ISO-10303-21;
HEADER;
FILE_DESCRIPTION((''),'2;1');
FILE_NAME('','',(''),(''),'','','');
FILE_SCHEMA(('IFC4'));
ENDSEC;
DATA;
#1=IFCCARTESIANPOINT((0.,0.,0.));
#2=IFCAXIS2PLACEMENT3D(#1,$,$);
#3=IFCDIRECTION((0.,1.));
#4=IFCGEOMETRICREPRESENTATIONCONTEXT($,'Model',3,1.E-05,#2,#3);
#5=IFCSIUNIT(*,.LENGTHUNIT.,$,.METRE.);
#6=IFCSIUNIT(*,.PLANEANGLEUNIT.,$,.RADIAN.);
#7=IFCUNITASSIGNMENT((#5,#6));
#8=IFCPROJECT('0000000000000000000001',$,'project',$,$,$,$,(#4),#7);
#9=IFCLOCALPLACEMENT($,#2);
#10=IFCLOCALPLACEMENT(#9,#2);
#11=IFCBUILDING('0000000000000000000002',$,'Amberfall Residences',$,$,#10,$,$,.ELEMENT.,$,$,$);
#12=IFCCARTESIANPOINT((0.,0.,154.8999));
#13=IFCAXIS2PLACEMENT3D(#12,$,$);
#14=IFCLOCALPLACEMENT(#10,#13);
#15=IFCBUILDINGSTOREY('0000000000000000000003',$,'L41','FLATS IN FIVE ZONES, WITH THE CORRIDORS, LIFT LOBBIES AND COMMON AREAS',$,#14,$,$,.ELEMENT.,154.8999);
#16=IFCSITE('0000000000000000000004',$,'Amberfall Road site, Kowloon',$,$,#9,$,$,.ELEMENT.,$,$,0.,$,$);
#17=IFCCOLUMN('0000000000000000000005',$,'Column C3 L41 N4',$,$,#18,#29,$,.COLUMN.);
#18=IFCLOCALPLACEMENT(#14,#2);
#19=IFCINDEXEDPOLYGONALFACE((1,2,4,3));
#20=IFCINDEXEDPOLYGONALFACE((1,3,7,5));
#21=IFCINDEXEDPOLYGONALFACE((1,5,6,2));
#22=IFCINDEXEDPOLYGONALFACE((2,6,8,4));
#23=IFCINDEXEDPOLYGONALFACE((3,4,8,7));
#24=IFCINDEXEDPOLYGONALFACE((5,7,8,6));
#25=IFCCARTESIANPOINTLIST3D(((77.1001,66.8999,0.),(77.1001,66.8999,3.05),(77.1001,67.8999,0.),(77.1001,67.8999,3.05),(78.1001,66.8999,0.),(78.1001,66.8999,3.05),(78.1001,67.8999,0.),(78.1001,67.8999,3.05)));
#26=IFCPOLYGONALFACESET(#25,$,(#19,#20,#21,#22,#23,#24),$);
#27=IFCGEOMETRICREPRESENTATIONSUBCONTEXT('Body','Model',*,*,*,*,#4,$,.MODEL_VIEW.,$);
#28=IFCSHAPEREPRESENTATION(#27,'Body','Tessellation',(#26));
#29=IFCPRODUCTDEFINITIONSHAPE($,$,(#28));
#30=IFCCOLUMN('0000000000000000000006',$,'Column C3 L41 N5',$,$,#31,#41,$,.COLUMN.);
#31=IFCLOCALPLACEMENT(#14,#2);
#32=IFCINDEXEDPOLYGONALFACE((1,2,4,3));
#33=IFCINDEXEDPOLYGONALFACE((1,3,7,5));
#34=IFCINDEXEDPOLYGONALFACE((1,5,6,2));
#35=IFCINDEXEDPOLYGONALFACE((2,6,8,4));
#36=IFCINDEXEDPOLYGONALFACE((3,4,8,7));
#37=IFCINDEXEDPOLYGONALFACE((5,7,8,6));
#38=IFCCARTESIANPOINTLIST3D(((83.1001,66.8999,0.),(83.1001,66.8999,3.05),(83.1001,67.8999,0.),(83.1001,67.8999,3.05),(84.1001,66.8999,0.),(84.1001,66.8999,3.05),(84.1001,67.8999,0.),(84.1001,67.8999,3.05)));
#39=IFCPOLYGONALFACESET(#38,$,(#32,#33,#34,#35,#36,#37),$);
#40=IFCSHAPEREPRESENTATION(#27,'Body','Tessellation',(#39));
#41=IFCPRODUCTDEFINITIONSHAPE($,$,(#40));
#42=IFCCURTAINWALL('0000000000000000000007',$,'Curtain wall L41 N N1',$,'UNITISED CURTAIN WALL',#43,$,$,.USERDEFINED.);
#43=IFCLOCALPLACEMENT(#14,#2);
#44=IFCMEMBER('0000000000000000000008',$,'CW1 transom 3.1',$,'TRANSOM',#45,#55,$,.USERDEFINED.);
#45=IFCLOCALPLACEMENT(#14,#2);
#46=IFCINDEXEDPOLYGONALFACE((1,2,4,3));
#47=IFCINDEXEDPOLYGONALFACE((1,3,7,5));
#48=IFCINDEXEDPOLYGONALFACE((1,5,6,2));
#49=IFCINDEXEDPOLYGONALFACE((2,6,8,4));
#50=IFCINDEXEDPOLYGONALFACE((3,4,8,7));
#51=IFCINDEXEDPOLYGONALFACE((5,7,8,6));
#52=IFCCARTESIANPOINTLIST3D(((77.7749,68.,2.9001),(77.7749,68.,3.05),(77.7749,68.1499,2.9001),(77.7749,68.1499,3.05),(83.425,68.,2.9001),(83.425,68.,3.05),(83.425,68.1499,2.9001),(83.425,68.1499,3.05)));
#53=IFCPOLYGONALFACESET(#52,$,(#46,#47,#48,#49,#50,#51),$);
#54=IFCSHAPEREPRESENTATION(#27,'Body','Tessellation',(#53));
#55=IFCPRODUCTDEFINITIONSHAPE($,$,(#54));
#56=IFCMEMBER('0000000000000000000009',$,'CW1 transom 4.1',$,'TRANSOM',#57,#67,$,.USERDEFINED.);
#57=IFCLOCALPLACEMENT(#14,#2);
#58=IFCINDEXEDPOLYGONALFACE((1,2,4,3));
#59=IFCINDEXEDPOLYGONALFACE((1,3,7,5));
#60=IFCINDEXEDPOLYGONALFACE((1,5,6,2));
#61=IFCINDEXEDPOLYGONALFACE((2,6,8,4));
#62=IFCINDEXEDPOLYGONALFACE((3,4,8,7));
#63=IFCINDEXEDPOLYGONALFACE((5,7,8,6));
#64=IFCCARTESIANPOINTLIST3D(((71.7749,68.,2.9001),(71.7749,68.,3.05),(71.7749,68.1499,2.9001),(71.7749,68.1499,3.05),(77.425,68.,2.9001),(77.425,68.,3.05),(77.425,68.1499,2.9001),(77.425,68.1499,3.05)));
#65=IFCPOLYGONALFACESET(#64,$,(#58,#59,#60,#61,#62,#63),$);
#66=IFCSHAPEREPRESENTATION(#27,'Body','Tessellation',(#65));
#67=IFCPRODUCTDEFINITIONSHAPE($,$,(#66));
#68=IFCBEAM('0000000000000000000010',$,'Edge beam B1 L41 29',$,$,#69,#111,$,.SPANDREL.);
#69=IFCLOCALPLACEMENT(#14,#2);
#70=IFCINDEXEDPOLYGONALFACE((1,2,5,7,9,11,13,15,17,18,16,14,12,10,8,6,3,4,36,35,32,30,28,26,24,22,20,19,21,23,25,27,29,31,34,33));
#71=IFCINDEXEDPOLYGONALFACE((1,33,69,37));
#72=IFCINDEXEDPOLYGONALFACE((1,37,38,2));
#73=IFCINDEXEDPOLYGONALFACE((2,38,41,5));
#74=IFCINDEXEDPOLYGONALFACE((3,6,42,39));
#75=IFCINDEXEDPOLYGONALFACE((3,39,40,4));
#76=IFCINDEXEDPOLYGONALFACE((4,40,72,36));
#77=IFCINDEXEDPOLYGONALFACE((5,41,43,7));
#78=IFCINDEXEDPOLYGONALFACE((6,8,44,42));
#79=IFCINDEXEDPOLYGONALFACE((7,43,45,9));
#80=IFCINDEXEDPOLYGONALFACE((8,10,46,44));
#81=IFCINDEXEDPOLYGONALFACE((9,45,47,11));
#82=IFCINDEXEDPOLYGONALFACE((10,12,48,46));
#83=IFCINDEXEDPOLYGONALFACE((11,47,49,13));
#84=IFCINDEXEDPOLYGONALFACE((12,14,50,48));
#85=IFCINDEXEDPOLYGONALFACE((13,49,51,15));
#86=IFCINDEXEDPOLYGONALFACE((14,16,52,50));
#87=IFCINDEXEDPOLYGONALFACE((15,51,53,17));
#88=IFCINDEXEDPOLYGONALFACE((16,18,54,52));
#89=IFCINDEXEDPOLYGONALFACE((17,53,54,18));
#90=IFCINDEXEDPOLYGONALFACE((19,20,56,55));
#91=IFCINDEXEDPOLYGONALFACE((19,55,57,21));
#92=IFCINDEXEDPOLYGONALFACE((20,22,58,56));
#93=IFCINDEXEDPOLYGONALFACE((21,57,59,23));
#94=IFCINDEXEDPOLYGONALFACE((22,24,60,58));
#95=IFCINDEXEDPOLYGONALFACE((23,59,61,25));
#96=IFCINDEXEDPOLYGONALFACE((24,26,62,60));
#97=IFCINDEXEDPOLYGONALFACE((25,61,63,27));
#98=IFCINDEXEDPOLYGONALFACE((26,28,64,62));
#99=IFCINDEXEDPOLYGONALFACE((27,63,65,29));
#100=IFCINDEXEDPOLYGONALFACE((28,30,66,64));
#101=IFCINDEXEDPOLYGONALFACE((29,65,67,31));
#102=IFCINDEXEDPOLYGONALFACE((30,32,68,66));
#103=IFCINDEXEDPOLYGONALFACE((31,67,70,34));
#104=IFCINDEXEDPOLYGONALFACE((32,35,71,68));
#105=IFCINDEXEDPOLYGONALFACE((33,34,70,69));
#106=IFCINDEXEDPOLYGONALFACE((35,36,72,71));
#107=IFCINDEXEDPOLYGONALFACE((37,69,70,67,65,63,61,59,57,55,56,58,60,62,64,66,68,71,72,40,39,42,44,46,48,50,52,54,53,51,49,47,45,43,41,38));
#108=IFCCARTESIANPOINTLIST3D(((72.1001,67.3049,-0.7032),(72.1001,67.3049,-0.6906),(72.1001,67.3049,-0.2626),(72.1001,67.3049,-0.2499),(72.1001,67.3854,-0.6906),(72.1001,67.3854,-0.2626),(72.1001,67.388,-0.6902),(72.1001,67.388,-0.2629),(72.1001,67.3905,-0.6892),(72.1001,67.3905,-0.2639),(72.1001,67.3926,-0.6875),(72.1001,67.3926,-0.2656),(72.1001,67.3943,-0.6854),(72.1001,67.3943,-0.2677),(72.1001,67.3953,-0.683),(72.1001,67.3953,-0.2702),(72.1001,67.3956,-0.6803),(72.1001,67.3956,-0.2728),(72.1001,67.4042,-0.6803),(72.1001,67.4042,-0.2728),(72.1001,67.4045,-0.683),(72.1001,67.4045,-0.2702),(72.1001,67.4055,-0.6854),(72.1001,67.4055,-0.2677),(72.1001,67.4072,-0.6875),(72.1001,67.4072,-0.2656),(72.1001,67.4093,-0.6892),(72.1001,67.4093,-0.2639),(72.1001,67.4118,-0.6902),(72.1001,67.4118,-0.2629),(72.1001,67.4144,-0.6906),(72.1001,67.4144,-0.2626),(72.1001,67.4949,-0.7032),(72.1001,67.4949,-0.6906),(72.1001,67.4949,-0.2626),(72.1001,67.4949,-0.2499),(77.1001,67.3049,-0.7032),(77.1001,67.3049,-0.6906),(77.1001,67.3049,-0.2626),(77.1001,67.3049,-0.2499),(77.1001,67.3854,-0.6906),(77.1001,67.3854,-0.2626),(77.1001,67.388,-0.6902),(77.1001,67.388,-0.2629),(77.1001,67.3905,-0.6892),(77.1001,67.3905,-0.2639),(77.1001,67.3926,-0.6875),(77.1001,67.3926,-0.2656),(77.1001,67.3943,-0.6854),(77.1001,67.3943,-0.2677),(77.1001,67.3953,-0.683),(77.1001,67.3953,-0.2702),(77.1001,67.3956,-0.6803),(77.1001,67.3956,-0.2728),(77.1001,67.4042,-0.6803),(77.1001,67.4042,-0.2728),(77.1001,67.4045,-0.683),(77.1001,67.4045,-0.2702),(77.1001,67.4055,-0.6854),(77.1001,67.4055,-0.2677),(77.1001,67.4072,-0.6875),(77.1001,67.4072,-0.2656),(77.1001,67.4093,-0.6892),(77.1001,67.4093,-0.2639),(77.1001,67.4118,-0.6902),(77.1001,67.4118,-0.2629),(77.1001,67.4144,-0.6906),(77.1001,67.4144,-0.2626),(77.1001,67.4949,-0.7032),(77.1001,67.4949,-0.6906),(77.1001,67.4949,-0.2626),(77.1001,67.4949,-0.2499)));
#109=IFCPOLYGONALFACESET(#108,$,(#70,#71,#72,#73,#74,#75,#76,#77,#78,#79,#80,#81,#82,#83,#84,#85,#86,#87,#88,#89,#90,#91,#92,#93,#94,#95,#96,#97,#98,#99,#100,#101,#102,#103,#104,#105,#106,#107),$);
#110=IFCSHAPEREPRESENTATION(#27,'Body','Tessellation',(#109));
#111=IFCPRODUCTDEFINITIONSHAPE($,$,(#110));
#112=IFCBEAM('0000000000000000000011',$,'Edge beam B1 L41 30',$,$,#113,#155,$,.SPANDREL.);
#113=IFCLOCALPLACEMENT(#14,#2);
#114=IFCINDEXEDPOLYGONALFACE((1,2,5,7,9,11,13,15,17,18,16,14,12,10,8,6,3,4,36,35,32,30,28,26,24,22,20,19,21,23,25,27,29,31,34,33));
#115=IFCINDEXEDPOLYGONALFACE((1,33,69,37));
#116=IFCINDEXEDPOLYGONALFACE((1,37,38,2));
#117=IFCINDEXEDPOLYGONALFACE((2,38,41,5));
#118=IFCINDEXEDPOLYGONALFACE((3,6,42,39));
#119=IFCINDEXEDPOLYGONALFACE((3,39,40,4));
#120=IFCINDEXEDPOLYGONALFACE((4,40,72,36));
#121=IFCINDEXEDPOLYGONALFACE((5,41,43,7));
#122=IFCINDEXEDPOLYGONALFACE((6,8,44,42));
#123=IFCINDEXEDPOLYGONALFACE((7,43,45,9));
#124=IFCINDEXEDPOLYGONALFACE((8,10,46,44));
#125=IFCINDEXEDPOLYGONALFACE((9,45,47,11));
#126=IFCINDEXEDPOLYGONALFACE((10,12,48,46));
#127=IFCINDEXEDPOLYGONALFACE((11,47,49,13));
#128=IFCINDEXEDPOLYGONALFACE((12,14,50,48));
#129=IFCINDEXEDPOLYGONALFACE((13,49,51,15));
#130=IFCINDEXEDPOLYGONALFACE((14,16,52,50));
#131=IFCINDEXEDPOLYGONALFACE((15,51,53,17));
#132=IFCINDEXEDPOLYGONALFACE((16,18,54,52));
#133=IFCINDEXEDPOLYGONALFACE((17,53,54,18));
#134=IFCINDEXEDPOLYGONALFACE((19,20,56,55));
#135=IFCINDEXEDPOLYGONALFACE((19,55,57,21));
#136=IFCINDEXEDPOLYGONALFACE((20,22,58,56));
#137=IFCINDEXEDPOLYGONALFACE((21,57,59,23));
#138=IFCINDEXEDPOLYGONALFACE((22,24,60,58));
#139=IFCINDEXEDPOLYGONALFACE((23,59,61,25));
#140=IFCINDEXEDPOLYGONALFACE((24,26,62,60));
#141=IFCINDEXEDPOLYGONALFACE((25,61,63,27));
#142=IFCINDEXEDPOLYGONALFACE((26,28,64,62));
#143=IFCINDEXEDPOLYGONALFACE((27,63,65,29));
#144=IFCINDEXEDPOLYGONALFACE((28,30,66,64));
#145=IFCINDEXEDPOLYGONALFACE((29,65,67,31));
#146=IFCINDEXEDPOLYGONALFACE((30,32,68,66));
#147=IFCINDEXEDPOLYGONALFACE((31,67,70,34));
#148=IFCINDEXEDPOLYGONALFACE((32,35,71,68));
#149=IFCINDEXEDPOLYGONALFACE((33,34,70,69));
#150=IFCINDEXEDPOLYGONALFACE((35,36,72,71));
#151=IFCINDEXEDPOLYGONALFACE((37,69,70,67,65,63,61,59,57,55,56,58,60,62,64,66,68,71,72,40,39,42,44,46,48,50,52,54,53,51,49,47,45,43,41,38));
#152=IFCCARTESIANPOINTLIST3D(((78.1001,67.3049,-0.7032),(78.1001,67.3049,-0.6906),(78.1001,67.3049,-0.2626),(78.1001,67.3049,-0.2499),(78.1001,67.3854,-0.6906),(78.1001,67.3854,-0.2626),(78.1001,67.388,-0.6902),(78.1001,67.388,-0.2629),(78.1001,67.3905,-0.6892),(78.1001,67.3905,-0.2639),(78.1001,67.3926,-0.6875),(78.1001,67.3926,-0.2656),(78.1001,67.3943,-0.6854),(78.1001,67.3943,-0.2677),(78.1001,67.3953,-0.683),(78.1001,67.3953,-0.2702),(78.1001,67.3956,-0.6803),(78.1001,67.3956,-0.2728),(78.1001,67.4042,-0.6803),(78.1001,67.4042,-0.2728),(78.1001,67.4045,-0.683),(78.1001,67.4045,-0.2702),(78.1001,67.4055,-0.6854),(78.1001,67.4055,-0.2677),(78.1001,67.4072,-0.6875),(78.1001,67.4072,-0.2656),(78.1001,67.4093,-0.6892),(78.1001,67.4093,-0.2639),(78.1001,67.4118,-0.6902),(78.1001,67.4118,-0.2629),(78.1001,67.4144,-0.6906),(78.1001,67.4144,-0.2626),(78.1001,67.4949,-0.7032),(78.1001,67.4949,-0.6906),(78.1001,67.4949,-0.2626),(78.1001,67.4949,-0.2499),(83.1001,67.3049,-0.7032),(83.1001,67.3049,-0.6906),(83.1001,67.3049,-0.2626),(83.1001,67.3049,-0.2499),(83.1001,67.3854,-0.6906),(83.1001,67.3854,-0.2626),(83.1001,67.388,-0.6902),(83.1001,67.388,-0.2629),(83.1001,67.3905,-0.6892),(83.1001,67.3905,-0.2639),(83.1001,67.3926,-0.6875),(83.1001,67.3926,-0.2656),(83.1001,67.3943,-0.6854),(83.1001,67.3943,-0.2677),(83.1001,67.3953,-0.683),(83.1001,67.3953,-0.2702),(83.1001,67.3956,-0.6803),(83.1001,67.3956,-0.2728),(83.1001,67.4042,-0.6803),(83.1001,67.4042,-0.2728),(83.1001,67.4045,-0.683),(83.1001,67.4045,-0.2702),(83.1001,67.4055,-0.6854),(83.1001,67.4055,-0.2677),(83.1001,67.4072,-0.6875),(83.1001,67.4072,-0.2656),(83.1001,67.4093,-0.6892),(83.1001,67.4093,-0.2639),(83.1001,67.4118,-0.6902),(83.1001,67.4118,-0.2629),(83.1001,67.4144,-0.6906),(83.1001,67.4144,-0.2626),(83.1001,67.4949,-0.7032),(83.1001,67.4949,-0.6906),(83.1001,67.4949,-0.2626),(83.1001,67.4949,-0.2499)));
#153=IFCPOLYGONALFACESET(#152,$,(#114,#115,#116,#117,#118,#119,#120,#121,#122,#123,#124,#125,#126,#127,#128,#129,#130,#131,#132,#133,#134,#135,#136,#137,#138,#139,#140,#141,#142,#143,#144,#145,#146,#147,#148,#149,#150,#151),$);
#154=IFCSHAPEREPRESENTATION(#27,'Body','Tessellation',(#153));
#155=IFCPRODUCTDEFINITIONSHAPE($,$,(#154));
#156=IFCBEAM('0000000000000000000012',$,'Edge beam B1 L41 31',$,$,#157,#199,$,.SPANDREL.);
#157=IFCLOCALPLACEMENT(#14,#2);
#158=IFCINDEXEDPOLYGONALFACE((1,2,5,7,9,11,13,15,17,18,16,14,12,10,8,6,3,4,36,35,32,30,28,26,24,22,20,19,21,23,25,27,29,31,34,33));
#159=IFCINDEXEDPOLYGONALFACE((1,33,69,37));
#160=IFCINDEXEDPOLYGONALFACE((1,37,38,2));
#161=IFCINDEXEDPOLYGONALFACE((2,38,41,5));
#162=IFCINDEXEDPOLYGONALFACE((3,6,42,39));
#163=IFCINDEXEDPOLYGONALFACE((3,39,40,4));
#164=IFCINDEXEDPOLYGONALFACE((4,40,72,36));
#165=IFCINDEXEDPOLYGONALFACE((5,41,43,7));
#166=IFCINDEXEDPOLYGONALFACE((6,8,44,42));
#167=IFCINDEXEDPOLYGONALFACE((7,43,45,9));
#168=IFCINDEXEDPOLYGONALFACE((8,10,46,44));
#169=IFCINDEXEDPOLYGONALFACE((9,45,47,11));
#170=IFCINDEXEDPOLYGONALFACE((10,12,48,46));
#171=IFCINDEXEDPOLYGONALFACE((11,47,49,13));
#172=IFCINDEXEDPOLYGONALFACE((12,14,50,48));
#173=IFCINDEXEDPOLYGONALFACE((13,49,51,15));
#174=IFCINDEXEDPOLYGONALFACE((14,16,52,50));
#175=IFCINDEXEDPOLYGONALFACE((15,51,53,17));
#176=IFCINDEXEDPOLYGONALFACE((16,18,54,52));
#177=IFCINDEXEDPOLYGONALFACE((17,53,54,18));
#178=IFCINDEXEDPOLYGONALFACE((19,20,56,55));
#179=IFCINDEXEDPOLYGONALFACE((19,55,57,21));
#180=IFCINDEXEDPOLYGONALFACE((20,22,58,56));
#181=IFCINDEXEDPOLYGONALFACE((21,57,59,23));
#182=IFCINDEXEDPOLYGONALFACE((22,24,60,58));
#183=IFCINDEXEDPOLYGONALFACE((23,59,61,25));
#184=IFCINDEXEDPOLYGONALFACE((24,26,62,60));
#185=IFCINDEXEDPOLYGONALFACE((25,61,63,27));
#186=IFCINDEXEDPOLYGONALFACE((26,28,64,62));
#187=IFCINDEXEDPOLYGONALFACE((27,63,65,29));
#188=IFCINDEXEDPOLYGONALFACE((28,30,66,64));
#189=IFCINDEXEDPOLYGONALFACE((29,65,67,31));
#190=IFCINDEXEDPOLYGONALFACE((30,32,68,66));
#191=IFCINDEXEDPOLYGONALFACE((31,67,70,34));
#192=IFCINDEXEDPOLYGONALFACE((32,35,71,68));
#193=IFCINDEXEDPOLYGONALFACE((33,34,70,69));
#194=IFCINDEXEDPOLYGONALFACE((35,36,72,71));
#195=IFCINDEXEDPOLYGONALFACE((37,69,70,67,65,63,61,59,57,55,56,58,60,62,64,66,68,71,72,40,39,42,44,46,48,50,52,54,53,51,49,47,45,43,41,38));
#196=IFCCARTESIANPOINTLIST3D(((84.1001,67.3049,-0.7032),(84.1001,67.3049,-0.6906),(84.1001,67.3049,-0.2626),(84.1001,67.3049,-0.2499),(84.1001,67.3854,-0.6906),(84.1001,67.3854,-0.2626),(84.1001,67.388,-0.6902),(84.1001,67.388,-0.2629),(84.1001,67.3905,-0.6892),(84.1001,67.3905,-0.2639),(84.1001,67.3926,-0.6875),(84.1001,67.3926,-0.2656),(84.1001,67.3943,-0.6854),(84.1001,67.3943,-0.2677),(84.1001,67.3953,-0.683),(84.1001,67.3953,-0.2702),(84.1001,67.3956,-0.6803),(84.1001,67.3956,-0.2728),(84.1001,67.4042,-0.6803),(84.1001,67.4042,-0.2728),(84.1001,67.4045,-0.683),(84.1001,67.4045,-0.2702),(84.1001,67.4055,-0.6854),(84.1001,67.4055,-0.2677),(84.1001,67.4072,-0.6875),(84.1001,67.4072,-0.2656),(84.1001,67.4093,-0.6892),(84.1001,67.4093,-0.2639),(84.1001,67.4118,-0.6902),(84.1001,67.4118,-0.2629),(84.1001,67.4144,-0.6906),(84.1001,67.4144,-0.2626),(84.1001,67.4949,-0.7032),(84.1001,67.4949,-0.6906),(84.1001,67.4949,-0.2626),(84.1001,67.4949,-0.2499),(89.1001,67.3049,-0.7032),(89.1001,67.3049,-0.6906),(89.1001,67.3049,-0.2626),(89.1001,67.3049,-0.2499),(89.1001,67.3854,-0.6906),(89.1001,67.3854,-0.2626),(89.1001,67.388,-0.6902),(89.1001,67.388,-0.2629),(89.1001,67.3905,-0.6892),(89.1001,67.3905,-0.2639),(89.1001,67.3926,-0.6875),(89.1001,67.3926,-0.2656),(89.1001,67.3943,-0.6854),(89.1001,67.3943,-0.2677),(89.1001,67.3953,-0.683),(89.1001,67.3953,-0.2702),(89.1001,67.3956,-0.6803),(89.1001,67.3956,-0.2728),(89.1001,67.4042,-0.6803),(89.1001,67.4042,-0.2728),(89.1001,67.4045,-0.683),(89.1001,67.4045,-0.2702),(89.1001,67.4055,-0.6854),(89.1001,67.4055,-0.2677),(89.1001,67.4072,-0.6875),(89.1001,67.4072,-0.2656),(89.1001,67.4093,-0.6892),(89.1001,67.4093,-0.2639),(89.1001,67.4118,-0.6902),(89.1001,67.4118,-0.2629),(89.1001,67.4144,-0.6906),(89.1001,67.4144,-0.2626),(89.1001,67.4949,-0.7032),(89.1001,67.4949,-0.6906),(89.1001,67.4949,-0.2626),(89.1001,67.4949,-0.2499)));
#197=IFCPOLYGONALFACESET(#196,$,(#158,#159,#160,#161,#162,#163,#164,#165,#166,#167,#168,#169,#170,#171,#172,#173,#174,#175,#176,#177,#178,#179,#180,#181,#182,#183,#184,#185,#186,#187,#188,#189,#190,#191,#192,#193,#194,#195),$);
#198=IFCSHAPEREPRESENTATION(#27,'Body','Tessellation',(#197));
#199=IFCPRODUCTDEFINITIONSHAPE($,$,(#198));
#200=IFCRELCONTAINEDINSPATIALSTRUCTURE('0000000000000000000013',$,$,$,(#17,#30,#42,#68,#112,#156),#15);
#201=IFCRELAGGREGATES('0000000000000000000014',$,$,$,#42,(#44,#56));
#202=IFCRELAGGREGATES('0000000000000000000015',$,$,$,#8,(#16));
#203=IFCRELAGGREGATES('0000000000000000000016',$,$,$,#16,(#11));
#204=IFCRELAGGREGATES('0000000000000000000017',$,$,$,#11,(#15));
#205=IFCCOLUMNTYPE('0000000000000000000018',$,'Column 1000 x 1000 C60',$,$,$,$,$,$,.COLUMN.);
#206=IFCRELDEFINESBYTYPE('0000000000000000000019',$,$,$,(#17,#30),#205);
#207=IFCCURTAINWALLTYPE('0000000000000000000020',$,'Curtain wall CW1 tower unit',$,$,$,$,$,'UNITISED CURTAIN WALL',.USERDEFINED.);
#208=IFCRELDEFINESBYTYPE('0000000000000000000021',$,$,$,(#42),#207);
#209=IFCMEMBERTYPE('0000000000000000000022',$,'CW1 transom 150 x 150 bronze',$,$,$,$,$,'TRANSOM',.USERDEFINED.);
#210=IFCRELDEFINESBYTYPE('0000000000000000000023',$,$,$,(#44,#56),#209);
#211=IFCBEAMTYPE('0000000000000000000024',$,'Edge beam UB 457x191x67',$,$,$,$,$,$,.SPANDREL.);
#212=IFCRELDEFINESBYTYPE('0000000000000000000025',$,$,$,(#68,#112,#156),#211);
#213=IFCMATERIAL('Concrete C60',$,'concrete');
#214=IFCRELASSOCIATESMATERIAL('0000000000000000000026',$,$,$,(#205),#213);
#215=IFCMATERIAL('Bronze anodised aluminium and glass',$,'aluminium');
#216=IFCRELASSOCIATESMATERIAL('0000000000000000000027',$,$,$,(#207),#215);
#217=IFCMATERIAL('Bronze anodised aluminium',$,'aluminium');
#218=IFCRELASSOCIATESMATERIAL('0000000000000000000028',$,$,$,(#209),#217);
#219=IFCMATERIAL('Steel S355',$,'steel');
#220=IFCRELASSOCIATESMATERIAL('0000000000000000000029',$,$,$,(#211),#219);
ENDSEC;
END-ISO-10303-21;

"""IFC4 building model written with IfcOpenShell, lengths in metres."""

from ifc_helpers import new_model, si_unit, direction, frame, origin, origin_2d, place, context, subcontext, project, spatial, rectangle, i_section, extrude, material, material_profile, profile_set, type_object, element, aggregate, save


model = new_model("IFC4")

# Units and contexts
model_context = context("Model", 3, precision=1e-05, world=origin(), true_north=direction((0.0, 1.0)))
body_context = subcontext(model_context, "Body", "Model", "MODEL_VIEW")
ifc_project = project(units=[si_unit("LENGTHUNIT", "METRE"), si_unit("PLANEANGLEUNIT", "RADIAN")], contexts=[model_context])

# Site, building, storey
site_placement = place(None, origin())
site = spatial("IfcSite", under=ifc_project, at=site_placement, Name="Amberfall Road site, Kowloon", CompositionType="ELEMENT", RefElevation=0.0)
building_placement = place(site_placement, origin())
building = spatial("IfcBuilding", under=site, at=building_placement, Name="Amberfall Residences", CompositionType="ELEMENT")
storey_placement = place(building_placement, frame((0.0, 0.0, 154.8999)))
storey = spatial("IfcBuildingStorey", under=building, at=storey_placement, Name="L41", Description="FLATS IN FIVE ZONES, WITH THE CORRIDORS, LIFT LOBBIES AND COMMON AREAS", CompositionType="ELEMENT", Elevation=154.8999)

# Columns
ifc_material_1 = material(Name="Concrete C60", Category="concrete")
ifc_material_profile_1 = material_profile(ifc_material_1, rectangle(XDim=1.0, YDim=1.0, at=origin_2d()), Name="Column 1000 x 1000 C60")
ifc_profile_set_1 = profile_set([ifc_material_profile_1], Name="Concrete C60")
column_type = type_object("IfcColumnType", Name="Column 1000 x 1000 C60", PredefinedType="COLUMN", material=ifc_profile_set_1)
for number, where, z_axis, x_axis, name in (
    (1, (77.6001, 67.3999, 0.0), (0.0, 0.0, 1.0), (1.0, 0.0, 0.0), "Column C3 L41 N4"),
    (2, (83.6001, 67.3999, 0.0), (0.0, 0.0, 1.0), (1.0, 0.0, 0.0), "Column C3 L41 N5"),
):
    element("IfcColumn", number, at=place(storey_placement, frame(where, z_axis=z_axis, x_axis=x_axis)), inside=storey, type_object=column_type, Name=name, PredefinedType="COLUMN", context=body_context, shape_type="SweptSolid", body=[
        extrude(rectangle(XDim=1.0, YDim=1.0, at=origin_2d()), origin(), (0.0, 0.0, 1.0), 3.05),
    ])

# Curtain wall, members
ifc_material_2 = material(Name="Bronze anodised aluminium and glass", Category="aluminium")
curtain_wall_type = type_object("IfcCurtainWallType", Name="Curtain wall CW1 tower unit", ElementType="UNITISED CURTAIN WALL", PredefinedType="USERDEFINED", material=ifc_material_2)
curtain_wall_placement = place(storey_placement, origin())
curtain_wall = element("IfcCurtainWall", 3, at=curtain_wall_placement, inside=storey, type_object=curtain_wall_type, Name="Curtain wall L41 N N1", ObjectType="UNITISED CURTAIN WALL", PredefinedType="USERDEFINED")
ifc_material_3 = material(Name="Bronze anodised aluminium", Category="aluminium")
ifc_material_profile_2 = material_profile(ifc_material_3, rectangle(XDim=0.1499, YDim=0.1499, at=origin_2d()), Name="CW1 transom 150 x 150 bronze")
ifc_profile_set_2 = profile_set([ifc_material_profile_2], Name="Bronze anodised aluminium")
member_type_1 = type_object("IfcMemberType", Name="CW1 transom 150 x 150 bronze", ElementType="TRANSOM", PredefinedType="USERDEFINED", material=ifc_profile_set_2)
member_1_placement = place(storey_placement, frame((83.425, 68.075, 2.9751), z_axis=(-1.0, 0.0, 0.0), x_axis=(0.0, -1.0, 0.0)))
member_1 = element("IfcMember", 4, at=member_1_placement, type_object=member_type_1, Name="CW1 transom 3.1", ObjectType="TRANSOM", PredefinedType="USERDEFINED", context=body_context, shape_type="SweptSolid", body=[
    extrude(rectangle(XDim=0.1499, YDim=0.1499, at=origin_2d()), origin(), (0.0, 0.0, 1.0), 5.6501),
])
member_2_placement = place(storey_placement, frame((77.425, 68.075, 2.9751), z_axis=(-1.0, 0.0, 0.0), x_axis=(0.0, -1.0, 0.0)))
member_2 = element("IfcMember", 5, at=member_2_placement, type_object=member_type_1, Name="CW1 transom 4.1", ObjectType="TRANSOM", PredefinedType="USERDEFINED", context=body_context, shape_type="SweptSolid", body=[
    extrude(rectangle(XDim=0.1499, YDim=0.1499, at=origin_2d()), origin(), (0.0, 0.0, 1.0), 5.6501),
])

# Beams
ifc_material_4 = material(Name="Steel S355", Category="steel")
ifc_material_profile_3 = material_profile(ifc_material_4, i_section(OverallWidth=0.1899, OverallDepth=0.4534, WebThickness=0.0085, FlangeThickness=0.0127, FilletRadius=0.0103, at=origin_2d()), Name="UB 457x191x67")
ifc_profile_set_3 = profile_set([ifc_material_profile_3], Name="Steel S355")
beam_type_1 = type_object("IfcBeamType", Name="Edge beam UB 457x191x67", PredefinedType="SPANDREL", material=ifc_profile_set_3)
for number, where, z_axis, x_axis, name in (
    (6, (72.1001, 67.3999, -0.4766), (1.0, 0.0, 0.0), (0.0, 1.0, 0.0), "Edge beam B1 L41 29"),
    (7, (78.1001, 67.3999, -0.4766), (1.0, 0.0, 0.0), (0.0, 1.0, 0.0), "Edge beam B1 L41 30"),
    (8, (84.1001, 67.3999, -0.4766), (1.0, 0.0, 0.0), (0.0, 1.0, 0.0), "Edge beam B1 L41 31"),
):
    element("IfcBeam", number, at=place(storey_placement, frame(where, z_axis=z_axis, x_axis=x_axis)), inside=storey, type_object=beam_type_1, Name=name, PredefinedType="SPANDREL", context=body_context, shape_type="SweptSolid", body=[
        extrude(i_section(OverallWidth=0.1899, OverallDepth=0.4534, WebThickness=0.0085, FlangeThickness=0.0127, FilletRadius=0.0103, at=origin_2d()), origin(), (0.0, 0.0, 1.0), 5.0),
    ])

aggregate(curtain_wall, [member_1, member_2])

save(model, "model.ifc")
